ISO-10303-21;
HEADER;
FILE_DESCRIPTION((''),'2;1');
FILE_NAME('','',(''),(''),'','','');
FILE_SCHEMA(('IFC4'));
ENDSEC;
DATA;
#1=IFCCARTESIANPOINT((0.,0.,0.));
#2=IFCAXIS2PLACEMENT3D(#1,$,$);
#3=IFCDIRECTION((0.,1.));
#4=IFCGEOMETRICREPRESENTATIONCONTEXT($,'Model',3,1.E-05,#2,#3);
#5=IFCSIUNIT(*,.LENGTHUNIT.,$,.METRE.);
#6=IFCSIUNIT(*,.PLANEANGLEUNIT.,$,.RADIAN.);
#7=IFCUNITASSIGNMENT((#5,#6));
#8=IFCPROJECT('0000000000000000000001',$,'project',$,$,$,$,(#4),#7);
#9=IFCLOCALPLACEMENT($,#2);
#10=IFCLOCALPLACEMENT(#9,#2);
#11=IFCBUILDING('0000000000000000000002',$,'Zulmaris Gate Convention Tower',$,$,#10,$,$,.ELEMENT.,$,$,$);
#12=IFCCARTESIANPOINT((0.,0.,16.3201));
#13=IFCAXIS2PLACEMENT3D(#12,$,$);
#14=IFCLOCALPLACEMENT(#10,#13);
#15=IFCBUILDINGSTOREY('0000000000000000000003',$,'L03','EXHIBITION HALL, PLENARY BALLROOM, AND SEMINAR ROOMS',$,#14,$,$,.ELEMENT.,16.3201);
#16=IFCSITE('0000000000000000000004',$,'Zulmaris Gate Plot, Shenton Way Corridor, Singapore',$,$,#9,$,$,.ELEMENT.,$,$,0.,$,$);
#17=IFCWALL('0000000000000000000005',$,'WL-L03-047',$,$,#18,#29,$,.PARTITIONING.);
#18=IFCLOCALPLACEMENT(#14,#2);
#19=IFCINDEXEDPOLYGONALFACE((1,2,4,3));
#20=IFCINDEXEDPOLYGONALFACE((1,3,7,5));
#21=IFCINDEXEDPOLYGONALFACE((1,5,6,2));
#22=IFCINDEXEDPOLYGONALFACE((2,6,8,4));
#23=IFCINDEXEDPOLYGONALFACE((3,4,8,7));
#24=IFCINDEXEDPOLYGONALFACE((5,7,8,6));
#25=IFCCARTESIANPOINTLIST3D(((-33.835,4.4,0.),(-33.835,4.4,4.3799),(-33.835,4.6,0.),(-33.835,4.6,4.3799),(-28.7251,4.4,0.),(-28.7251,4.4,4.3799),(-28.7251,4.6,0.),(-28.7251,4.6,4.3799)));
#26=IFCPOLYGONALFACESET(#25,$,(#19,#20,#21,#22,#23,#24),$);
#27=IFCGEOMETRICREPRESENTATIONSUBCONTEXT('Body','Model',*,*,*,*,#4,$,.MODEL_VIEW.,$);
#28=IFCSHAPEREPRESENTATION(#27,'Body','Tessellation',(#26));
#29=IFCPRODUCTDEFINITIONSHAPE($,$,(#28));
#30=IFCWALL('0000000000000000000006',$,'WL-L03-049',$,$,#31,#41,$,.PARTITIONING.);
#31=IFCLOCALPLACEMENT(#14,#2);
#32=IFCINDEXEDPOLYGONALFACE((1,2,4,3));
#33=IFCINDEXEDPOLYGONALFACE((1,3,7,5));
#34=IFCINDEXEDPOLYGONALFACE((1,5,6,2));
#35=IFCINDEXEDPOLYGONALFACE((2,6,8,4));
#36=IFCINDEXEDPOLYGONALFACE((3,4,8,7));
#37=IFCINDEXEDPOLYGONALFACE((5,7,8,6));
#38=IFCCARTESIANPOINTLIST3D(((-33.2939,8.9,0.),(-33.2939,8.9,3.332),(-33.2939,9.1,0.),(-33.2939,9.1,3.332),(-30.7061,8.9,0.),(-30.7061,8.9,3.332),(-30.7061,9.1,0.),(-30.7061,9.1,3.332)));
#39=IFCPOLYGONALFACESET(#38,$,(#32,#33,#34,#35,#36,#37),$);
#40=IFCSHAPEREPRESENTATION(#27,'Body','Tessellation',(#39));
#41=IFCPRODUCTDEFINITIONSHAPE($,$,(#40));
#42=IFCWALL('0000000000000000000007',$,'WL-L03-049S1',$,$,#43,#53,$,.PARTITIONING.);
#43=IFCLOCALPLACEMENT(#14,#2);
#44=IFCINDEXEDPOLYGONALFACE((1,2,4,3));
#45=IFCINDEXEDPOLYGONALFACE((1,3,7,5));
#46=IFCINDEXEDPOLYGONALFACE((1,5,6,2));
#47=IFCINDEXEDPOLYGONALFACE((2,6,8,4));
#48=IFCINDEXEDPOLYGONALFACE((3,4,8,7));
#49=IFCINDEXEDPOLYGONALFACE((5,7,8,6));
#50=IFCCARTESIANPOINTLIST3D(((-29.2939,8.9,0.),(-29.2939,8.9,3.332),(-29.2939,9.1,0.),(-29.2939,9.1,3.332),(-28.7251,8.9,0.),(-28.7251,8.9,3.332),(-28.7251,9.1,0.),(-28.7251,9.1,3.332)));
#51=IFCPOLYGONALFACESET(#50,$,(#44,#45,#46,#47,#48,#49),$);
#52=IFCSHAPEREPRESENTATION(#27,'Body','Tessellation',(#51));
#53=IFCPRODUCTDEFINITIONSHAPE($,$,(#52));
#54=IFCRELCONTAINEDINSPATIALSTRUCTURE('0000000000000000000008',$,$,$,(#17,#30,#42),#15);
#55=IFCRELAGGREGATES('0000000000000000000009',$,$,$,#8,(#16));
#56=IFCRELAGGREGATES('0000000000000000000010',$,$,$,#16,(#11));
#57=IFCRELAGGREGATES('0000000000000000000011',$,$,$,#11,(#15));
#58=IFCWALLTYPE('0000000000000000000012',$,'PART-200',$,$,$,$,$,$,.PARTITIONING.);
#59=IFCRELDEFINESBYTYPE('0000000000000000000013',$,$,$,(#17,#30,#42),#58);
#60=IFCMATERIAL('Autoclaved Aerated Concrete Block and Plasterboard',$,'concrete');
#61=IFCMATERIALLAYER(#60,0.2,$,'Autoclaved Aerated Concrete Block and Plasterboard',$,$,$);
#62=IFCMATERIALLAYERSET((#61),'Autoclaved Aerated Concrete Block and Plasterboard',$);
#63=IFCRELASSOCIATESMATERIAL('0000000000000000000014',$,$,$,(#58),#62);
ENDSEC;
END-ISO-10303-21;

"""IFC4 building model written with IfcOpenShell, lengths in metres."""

from ifc_helpers import new_model, si_unit, direction, frame, frame_2d, origin, place, context, subcontext, project, spatial, rectangle, extrude, material, layer, layer_set, type_object, element, save


model = new_model("IFC4")

# Units and contexts
model_context = context("Model", 3, precision=1e-05, world=origin(), true_north=direction((0.0, 1.0)))
body_context = subcontext(model_context, "Body", "Model", "MODEL_VIEW")
ifc_project = project(units=[si_unit("LENGTHUNIT", "METRE"), si_unit("PLANEANGLEUNIT", "RADIAN")], contexts=[model_context])

# Site, building, storey
site_placement = place(None, origin())
site = spatial("IfcSite", under=ifc_project, at=site_placement, Name="Zulmaris Gate Plot, Shenton Way Corridor, Singapore", CompositionType="ELEMENT", RefElevation=0.0)
building_placement = place(site_placement, origin())
building = spatial("IfcBuilding", under=site, at=building_placement, Name="Zulmaris Gate Convention Tower", CompositionType="ELEMENT")
storey_placement = place(building_placement, frame((0.0, 0.0, 16.3201)))
storey = spatial("IfcBuildingStorey", under=building, at=storey_placement, Name="L03", Description="EXHIBITION HALL, PLENARY BALLROOM, AND SEMINAR ROOMS", CompositionType="ELEMENT", Elevation=16.3201)

# Walls
ifc_material_1 = material(Name="Autoclaved Aerated Concrete Block and Plasterboard", Category="concrete")
ifc_layer_1 = layer(ifc_material_1, 0.2, Name="Autoclaved Aerated Concrete Block and Plasterboard")
ifc_layer_set_1 = layer_set([ifc_layer_1], Name="Autoclaved Aerated Concrete Block and Plasterboard")
wall_type_1 = type_object("IfcWallType", Name="PART-200", PredefinedType="PARTITIONING", material=ifc_layer_set_1)
wall_1_placement = place(storey_placement, frame((-33.835, 4.5, 0.0), z_axis=(0.0, 0.0, 1.0), x_axis=(1.0, 0.0, 0.0)))
element("IfcWall", 1, at=wall_1_placement, inside=storey, type_object=wall_type_1, Name="WL-L03-047", PredefinedType="PARTITIONING", context=body_context, shape_type="SweptSolid", body=[
    extrude(rectangle(XDim=5.1099, YDim=0.2, at=frame_2d((2.5549, 0.0))), origin(), (0.0, 0.0, 1.0), 4.3799),
])
wall_2_placement = place(storey_placement, frame((-33.2939, 9.0, 0.0), z_axis=(0.0, 0.0, 1.0), x_axis=(1.0, 0.0, 0.0)))
element("IfcWall", 2, at=wall_2_placement, inside=storey, type_object=wall_type_1, Name="WL-L03-049", PredefinedType="PARTITIONING", context=body_context, shape_type="SweptSolid", body=[
    extrude(rectangle(XDim=2.5879, YDim=0.2, at=frame_2d((1.2939, 0.0))), origin(), (0.0, 0.0, 1.0), 3.332),
])
wall_3_placement = place(storey_placement, frame((-29.2939, 9.0, 0.0), z_axis=(0.0, 0.0, 1.0), x_axis=(1.0, 0.0, 0.0)))
element("IfcWall", 3, at=wall_3_placement, inside=storey, type_object=wall_type_1, Name="WL-L03-049S1", PredefinedType="PARTITIONING", context=body_context, shape_type="SweptSolid", body=[
    extrude(rectangle(XDim=0.5688, YDim=0.2, at=frame_2d((0.2844, 0.0))), origin(), (0.0, 0.0, 1.0), 3.332),
])

save(model, "model.ifc")
